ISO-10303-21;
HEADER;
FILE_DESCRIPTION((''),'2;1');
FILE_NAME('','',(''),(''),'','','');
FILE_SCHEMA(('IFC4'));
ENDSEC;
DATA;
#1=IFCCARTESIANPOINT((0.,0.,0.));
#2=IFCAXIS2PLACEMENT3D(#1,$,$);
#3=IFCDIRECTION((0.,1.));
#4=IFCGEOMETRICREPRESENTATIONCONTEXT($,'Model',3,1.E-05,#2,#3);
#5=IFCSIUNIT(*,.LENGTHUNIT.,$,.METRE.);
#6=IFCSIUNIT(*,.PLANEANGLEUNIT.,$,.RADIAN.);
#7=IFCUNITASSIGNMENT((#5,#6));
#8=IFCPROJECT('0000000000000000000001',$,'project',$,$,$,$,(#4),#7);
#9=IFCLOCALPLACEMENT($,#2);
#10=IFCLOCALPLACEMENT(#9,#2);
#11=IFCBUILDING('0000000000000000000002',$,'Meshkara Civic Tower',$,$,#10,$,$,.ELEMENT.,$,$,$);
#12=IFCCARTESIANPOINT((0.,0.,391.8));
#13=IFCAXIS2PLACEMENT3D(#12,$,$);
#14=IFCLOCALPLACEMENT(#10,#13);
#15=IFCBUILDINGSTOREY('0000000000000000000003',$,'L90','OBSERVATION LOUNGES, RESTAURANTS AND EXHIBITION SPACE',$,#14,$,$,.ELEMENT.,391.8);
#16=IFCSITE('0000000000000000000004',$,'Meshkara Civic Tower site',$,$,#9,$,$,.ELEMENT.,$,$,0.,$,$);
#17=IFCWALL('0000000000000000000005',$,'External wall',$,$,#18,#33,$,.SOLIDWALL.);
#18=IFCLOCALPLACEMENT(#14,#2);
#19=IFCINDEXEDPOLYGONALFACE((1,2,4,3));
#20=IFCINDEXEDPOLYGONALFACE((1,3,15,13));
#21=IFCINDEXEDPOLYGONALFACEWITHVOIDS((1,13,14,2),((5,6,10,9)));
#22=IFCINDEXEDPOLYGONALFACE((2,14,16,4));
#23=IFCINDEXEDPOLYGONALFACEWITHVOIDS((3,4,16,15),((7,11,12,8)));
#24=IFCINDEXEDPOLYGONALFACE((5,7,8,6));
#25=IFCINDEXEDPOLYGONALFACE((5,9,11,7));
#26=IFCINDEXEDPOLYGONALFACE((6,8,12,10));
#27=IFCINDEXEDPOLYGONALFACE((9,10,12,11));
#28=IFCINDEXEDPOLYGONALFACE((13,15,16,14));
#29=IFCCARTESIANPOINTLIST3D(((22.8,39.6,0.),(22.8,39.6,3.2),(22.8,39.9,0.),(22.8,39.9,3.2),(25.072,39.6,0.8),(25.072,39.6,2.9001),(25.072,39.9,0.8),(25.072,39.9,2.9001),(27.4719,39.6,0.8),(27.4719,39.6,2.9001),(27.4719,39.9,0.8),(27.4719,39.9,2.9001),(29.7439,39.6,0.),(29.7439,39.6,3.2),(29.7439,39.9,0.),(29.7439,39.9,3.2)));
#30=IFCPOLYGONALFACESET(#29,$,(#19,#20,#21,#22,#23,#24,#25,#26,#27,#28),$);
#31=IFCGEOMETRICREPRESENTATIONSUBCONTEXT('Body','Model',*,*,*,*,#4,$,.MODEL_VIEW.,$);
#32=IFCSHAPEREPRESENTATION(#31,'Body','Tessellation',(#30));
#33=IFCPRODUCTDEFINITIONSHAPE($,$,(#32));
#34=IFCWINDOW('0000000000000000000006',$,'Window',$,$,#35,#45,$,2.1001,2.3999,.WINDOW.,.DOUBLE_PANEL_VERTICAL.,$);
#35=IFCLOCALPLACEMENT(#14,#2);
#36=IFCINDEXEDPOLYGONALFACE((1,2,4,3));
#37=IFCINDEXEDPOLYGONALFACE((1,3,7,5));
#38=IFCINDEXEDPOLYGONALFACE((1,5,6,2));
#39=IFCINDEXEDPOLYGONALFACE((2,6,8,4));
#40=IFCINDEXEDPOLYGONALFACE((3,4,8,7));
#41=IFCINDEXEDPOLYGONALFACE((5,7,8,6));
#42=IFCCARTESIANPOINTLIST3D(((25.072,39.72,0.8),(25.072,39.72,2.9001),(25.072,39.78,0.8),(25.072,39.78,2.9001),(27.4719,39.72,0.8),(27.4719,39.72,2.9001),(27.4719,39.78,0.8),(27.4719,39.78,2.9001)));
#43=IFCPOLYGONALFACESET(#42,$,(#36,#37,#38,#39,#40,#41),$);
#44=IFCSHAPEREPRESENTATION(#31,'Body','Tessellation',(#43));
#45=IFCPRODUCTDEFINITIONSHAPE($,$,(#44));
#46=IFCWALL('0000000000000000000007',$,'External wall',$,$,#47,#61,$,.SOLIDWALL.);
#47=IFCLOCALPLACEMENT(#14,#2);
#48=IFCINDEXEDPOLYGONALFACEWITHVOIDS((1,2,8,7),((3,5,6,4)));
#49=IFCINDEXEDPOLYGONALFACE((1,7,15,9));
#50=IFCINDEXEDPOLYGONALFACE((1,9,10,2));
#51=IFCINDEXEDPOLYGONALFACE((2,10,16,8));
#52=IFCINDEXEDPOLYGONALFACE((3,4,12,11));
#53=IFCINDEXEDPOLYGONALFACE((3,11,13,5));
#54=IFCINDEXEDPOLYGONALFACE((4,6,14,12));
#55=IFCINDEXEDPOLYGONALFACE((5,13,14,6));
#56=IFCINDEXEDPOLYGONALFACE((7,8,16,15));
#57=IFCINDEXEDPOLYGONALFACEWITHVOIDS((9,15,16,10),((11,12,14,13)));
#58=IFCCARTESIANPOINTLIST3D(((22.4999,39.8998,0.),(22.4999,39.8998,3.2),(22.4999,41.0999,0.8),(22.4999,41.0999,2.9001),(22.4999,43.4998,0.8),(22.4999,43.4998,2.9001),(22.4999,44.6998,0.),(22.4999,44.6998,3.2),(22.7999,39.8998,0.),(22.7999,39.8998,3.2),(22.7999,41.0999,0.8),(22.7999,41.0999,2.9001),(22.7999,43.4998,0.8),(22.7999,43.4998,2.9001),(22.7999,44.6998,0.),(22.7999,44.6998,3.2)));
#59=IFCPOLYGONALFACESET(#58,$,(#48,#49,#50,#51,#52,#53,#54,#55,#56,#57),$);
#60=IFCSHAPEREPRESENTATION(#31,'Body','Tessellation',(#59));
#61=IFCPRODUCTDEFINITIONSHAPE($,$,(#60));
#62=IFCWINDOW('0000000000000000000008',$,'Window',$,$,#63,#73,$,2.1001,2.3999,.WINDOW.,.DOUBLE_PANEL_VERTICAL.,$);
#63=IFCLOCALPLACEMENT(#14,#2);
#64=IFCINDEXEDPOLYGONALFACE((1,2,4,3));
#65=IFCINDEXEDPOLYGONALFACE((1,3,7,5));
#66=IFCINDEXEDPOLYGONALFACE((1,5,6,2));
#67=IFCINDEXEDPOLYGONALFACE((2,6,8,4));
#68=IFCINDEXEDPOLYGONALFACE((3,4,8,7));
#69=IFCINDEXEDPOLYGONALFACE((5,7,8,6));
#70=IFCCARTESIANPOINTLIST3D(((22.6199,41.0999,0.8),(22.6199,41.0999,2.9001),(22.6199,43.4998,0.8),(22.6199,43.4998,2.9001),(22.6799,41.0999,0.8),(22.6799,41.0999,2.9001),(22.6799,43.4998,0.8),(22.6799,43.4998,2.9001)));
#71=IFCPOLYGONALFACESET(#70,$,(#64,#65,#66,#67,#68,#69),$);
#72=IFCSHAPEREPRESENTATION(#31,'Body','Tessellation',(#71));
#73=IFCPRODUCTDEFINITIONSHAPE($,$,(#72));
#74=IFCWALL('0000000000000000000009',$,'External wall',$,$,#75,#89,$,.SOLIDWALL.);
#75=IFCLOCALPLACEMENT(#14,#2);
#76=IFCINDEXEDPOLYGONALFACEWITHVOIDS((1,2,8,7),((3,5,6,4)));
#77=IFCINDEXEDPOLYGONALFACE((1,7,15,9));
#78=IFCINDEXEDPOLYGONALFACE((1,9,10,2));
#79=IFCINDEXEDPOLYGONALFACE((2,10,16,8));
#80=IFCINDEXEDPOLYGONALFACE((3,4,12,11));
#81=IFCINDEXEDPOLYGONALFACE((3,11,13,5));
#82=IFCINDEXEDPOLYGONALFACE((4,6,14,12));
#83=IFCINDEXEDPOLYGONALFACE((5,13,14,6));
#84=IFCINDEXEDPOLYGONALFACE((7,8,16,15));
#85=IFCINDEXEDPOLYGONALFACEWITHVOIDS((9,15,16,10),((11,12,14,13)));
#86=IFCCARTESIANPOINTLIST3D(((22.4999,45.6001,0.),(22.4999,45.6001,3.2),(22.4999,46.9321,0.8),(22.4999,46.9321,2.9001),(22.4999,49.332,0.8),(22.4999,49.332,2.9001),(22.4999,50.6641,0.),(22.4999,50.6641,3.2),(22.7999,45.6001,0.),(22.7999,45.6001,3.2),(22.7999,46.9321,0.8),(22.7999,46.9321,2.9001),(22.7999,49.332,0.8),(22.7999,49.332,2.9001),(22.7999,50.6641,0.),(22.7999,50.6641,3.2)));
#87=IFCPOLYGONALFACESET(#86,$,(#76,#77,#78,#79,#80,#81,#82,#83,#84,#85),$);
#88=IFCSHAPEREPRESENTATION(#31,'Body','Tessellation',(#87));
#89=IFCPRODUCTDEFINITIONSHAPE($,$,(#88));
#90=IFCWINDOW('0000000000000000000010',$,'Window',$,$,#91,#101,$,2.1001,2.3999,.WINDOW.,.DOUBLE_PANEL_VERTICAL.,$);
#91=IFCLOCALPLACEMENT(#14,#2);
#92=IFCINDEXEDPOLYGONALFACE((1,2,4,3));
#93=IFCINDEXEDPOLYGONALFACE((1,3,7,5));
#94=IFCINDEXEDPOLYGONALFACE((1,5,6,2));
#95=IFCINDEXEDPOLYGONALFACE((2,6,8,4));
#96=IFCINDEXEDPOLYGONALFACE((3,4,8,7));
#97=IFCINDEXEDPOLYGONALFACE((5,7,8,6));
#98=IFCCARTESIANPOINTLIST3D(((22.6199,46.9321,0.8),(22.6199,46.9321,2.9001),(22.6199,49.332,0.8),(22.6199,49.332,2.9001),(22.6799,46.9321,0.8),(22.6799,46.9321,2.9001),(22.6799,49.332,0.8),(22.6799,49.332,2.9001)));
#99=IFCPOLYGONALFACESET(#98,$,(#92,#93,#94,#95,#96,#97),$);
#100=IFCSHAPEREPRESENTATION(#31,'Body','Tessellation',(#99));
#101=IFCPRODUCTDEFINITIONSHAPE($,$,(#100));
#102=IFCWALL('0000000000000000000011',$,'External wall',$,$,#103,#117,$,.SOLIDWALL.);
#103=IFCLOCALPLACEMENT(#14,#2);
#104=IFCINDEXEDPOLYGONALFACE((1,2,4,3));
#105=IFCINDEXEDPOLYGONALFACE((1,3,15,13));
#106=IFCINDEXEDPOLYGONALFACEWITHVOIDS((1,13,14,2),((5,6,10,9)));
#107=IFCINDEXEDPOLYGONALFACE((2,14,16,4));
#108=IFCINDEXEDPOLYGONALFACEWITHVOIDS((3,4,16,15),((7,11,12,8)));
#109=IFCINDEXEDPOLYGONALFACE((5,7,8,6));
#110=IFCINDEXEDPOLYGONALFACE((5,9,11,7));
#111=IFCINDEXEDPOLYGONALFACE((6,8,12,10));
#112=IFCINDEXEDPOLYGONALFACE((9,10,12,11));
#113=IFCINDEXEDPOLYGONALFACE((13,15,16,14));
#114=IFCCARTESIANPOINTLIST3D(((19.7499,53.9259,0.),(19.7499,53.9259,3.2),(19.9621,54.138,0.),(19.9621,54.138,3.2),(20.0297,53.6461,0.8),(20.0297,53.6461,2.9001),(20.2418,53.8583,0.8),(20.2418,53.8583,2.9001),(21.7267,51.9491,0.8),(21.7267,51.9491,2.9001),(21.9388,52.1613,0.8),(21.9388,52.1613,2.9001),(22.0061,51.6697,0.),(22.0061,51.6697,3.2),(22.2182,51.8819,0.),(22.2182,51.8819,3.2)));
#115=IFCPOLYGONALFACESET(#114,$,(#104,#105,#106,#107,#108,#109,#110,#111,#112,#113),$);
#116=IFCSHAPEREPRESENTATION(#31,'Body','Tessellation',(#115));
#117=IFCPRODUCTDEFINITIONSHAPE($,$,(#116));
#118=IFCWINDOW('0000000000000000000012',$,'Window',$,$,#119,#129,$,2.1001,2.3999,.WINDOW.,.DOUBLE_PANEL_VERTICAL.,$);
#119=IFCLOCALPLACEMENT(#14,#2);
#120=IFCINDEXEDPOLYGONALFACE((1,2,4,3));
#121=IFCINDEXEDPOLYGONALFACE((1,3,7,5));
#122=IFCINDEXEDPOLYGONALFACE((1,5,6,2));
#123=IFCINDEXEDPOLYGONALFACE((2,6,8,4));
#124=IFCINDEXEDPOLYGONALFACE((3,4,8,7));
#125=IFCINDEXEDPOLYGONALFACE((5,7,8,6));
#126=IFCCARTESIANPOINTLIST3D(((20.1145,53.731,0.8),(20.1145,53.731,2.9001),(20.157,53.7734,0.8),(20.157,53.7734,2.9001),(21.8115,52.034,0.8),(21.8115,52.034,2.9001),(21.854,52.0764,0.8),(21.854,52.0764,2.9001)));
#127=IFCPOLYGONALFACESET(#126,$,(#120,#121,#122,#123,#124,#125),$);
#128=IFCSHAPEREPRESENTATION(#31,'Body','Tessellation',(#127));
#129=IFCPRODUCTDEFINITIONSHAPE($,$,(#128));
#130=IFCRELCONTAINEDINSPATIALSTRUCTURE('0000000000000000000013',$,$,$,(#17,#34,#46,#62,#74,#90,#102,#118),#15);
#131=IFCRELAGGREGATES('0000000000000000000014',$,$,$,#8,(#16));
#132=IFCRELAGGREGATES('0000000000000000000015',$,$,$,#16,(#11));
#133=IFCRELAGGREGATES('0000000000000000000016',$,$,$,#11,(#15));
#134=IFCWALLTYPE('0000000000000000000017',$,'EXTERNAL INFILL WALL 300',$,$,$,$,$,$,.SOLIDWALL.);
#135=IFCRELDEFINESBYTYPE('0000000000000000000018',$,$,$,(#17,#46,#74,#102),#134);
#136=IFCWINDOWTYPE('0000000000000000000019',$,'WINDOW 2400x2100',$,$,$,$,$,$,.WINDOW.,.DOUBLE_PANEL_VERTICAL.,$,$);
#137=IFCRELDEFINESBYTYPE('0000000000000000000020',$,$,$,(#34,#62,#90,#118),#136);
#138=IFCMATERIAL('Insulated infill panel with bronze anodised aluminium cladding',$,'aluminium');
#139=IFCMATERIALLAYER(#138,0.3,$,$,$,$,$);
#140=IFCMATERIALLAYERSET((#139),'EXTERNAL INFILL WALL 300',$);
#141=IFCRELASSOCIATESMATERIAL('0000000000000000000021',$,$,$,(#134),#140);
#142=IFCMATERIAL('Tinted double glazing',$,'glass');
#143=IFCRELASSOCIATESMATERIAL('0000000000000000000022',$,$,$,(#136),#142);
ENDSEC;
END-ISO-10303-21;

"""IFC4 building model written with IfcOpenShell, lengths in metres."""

from ifc_helpers import new_model, si_unit, direction, frame, frame_2d, origin, place, context, subcontext, project, spatial, rectangle, extrude, material, layer, layer_set, type_object, element, fill, save


model = new_model("IFC4")

# Units and contexts
model_context = context("Model", 3, precision=1e-05, world=origin(), true_north=direction((0.0, 1.0)))
body_context = subcontext(model_context, "Body", "Model", "MODEL_VIEW")
ifc_project = project(units=[si_unit("LENGTHUNIT", "METRE"), si_unit("PLANEANGLEUNIT", "RADIAN")], contexts=[model_context])

# Site, building, storey
site_placement = place(None, origin())
site = spatial("IfcSite", under=ifc_project, at=site_placement, Name="Meshkara Civic Tower site", CompositionType="ELEMENT", RefElevation=0.0)
building_placement = place(site_placement, origin())
building = spatial("IfcBuilding", under=site, at=building_placement, Name="Meshkara Civic Tower", CompositionType="ELEMENT")
storey_placement = place(building_placement, frame((0.0, 0.0, 391.8)))
storey = spatial("IfcBuildingStorey", under=building, at=storey_placement, Name="L90", Description="OBSERVATION LOUNGES, RESTAURANTS AND EXHIBITION SPACE", CompositionType="ELEMENT", Elevation=391.8)

# Walls, openings, windows
ifc_material_1 = material(Name="Insulated infill panel with bronze anodised aluminium cladding", Category="aluminium")
ifc_layer_1 = layer(ifc_material_1, 0.3)
ifc_layer_set_1 = layer_set([ifc_layer_1], Name="EXTERNAL INFILL WALL 300")
wall_type_1 = type_object("IfcWallType", Name="EXTERNAL INFILL WALL 300", PredefinedType="SOLIDWALL", material=ifc_layer_set_1)
ifc_material_2 = material(Name="Tinted double glazing", Category="glass")
window_type = type_object("IfcWindowType", Name="WINDOW 2400x2100", PartitioningType="DOUBLE_PANEL_VERTICAL", PredefinedType="WINDOW", material=ifc_material_2)
wall_1_placement = place(storey_placement, frame((29.7439, 39.75, 0.0), z_axis=(0.0, 0.0, 1.0), x_axis=(-1.0, 0.0, 0.0)))
wall_1 = element("IfcWall", 1, at=wall_1_placement, inside=storey, type_object=wall_type_1, Name="External wall", PredefinedType="SOLIDWALL", context=body_context, shape_type="SweptSolid", body=[
    extrude(rectangle(XDim=6.9438, YDim=0.3, at=frame_2d((3.4719, 0.0))), origin(), (0.0, 0.0, 1.0), 3.2),
])
opening_1_placement = place(wall_1_placement, frame((2.272, 0.0, 0.8)))
opening_1 = element("IfcOpeningElement", 2, at=opening_1_placement, cuts=wall_1, PredefinedType="OPENING", context=body_context, shape_type="SweptSolid", body=[
    extrude(rectangle(XDim=2.3999, YDim=2.1001, at=frame_2d((1.2, 1.05))), frame((0.0, 0.1599, 0.0), z_axis=(0.0, -1.0, 0.0), x_axis=(1.0, 0.0, 0.0)), (0.0, 0.0, 1.0), 0.3201),
])
window_1_placement = place(opening_1_placement, origin())
window_1 = element("IfcWindow", 3, at=window_1_placement, inside=storey, type_object=window_type, Name="Window", OverallHeight=2.1001, OverallWidth=2.3999, PartitioningType="DOUBLE_PANEL_VERTICAL", PredefinedType="WINDOW", context=body_context, shape_type="SweptSolid", body=[
    extrude(rectangle(XDim=2.3999, YDim=2.1001, at=frame_2d((1.2, 1.05))), frame((0.0, 0.03, 0.0), z_axis=(0.0, -1.0, 0.0), x_axis=(1.0, 0.0, 0.0)), (0.0, 0.0, 1.0), 0.0601),
])
fill(opening_1, window_1)
wall_2_placement = place(storey_placement, frame((22.6499, 39.8999, 0.0), z_axis=(0.0, 0.0, 1.0), x_axis=(0.0, 1.0, 0.0)))
wall_2 = element("IfcWall", 4, at=wall_2_placement, inside=storey, type_object=wall_type_1, Name="External wall", PredefinedType="SOLIDWALL", context=body_context, shape_type="SweptSolid", body=[
    extrude(rectangle(XDim=4.8, YDim=0.3, at=frame_2d((2.3999, 0.0))), origin(), (0.0, 0.0, 1.0), 3.2),
])
opening_2_placement = place(wall_2_placement, frame((1.2, 0.0, 0.8)))
opening_2 = element("IfcOpeningElement", 5, at=opening_2_placement, cuts=wall_2, PredefinedType="OPENING", context=body_context, shape_type="SweptSolid", body=[
    extrude(rectangle(XDim=2.3999, YDim=2.1001, at=frame_2d((1.2, 1.05))), frame((0.0, 0.1599, 0.0), z_axis=(0.0, -1.0, 0.0), x_axis=(1.0, 0.0, 0.0)), (0.0, 0.0, 1.0), 0.3201),
])
window_2_placement = place(opening_2_placement, origin())
window_2 = element("IfcWindow", 6, at=window_2_placement, inside=storey, type_object=window_type, Name="Window", OverallHeight=2.1001, OverallWidth=2.3999, PartitioningType="DOUBLE_PANEL_VERTICAL", PredefinedType="WINDOW", context=body_context, shape_type="SweptSolid", body=[
    extrude(rectangle(XDim=2.3999, YDim=2.1001, at=frame_2d((1.2, 1.05))), frame((0.0, 0.03, 0.0), z_axis=(0.0, -1.0, 0.0), x_axis=(1.0, 0.0, 0.0)), (0.0, 0.0, 1.0), 0.0601),
])
fill(opening_2, window_2)
wall_3_placement = place(storey_placement, frame((22.6499, 45.6001, 0.0), z_axis=(0.0, 0.0, 1.0), x_axis=(0.0, 1.0, 0.0)))
wall_3 = element("IfcWall", 7, at=wall_3_placement, inside=storey, type_object=wall_type_1, Name="External wall", PredefinedType="SOLIDWALL", context=body_context, shape_type="SweptSolid", body=[
    extrude(rectangle(XDim=5.064, YDim=0.3, at=frame_2d((2.532, 0.0))), origin(), (0.0, 0.0, 1.0), 3.2),
])
opening_3_placement = place(wall_3_placement, frame((1.332, 0.0, 0.8)))
opening_3 = element("IfcOpeningElement", 8, at=opening_3_placement, cuts=wall_3, PredefinedType="OPENING", context=body_context, shape_type="SweptSolid", body=[
    extrude(rectangle(XDim=2.3999, YDim=2.1001, at=frame_2d((1.2, 1.05))), frame((0.0, 0.1599, 0.0), z_axis=(0.0, -1.0, 0.0), x_axis=(1.0, 0.0, 0.0)), (0.0, 0.0, 1.0), 0.3201),
])
window_3_placement = place(opening_3_placement, origin())
window_3 = element("IfcWindow", 9, at=window_3_placement, inside=storey, type_object=window_type, Name="Window", OverallHeight=2.1001, OverallWidth=2.3999, PartitioningType="DOUBLE_PANEL_VERTICAL", PredefinedType="WINDOW", context=body_context, shape_type="SweptSolid", body=[
    extrude(rectangle(XDim=2.3999, YDim=2.1001, at=frame_2d((1.2, 1.05))), frame((0.0, 0.03, 0.0), z_axis=(0.0, -1.0, 0.0), x_axis=(1.0, 0.0, 0.0)), (0.0, 0.0, 1.0), 0.0601),
])
fill(opening_3, window_3)
wall_4_placement = place(storey_placement, frame((22.1121, 51.7759, 0.0), z_axis=(0.0, 0.0, 1.0), x_axis=(-0.707107, 0.707107, 0.0)))
wall_4 = element("IfcWall", 10, at=wall_4_placement, inside=storey, type_object=wall_type_1, Name="External wall", PredefinedType="SOLIDWALL", context=body_context, shape_type="SweptSolid", body=[
    extrude(rectangle(XDim=3.1907, YDim=0.3, at=frame_2d((1.5952, 0.0))), origin(), (0.0, 0.0, 1.0), 3.2),
])
opening_4_placement = place(wall_4_placement, frame((0.395, 0.0, 0.8)))
opening_4 = element("IfcOpeningElement", 11, at=opening_4_placement, cuts=wall_4, PredefinedType="OPENING", context=body_context, shape_type="SweptSolid", body=[
    extrude(rectangle(XDim=2.3999, YDim=2.1001, at=frame_2d((1.2, 1.05))), frame((0.0, 0.1599, 0.0), z_axis=(0.0, -1.0, 0.0), x_axis=(1.0, 0.0, 0.0)), (0.0, 0.0, 1.0), 0.3201),
])
window_4_placement = place(opening_4_placement, origin())
window_4 = element("IfcWindow", 12, at=window_4_placement, inside=storey, type_object=window_type, Name="Window", OverallHeight=2.1001, OverallWidth=2.3999, PartitioningType="DOUBLE_PANEL_VERTICAL", PredefinedType="WINDOW", context=body_context, shape_type="SweptSolid", body=[
    extrude(rectangle(XDim=2.3999, YDim=2.1001, at=frame_2d((1.2, 1.05))), frame((0.0, 0.03, 0.0), z_axis=(0.0, -1.0, 0.0), x_axis=(1.0, 0.0, 0.0)), (0.0, 0.0, 1.0), 0.0601),
])
fill(opening_4, window_4)

save(model, "model.ifc")
